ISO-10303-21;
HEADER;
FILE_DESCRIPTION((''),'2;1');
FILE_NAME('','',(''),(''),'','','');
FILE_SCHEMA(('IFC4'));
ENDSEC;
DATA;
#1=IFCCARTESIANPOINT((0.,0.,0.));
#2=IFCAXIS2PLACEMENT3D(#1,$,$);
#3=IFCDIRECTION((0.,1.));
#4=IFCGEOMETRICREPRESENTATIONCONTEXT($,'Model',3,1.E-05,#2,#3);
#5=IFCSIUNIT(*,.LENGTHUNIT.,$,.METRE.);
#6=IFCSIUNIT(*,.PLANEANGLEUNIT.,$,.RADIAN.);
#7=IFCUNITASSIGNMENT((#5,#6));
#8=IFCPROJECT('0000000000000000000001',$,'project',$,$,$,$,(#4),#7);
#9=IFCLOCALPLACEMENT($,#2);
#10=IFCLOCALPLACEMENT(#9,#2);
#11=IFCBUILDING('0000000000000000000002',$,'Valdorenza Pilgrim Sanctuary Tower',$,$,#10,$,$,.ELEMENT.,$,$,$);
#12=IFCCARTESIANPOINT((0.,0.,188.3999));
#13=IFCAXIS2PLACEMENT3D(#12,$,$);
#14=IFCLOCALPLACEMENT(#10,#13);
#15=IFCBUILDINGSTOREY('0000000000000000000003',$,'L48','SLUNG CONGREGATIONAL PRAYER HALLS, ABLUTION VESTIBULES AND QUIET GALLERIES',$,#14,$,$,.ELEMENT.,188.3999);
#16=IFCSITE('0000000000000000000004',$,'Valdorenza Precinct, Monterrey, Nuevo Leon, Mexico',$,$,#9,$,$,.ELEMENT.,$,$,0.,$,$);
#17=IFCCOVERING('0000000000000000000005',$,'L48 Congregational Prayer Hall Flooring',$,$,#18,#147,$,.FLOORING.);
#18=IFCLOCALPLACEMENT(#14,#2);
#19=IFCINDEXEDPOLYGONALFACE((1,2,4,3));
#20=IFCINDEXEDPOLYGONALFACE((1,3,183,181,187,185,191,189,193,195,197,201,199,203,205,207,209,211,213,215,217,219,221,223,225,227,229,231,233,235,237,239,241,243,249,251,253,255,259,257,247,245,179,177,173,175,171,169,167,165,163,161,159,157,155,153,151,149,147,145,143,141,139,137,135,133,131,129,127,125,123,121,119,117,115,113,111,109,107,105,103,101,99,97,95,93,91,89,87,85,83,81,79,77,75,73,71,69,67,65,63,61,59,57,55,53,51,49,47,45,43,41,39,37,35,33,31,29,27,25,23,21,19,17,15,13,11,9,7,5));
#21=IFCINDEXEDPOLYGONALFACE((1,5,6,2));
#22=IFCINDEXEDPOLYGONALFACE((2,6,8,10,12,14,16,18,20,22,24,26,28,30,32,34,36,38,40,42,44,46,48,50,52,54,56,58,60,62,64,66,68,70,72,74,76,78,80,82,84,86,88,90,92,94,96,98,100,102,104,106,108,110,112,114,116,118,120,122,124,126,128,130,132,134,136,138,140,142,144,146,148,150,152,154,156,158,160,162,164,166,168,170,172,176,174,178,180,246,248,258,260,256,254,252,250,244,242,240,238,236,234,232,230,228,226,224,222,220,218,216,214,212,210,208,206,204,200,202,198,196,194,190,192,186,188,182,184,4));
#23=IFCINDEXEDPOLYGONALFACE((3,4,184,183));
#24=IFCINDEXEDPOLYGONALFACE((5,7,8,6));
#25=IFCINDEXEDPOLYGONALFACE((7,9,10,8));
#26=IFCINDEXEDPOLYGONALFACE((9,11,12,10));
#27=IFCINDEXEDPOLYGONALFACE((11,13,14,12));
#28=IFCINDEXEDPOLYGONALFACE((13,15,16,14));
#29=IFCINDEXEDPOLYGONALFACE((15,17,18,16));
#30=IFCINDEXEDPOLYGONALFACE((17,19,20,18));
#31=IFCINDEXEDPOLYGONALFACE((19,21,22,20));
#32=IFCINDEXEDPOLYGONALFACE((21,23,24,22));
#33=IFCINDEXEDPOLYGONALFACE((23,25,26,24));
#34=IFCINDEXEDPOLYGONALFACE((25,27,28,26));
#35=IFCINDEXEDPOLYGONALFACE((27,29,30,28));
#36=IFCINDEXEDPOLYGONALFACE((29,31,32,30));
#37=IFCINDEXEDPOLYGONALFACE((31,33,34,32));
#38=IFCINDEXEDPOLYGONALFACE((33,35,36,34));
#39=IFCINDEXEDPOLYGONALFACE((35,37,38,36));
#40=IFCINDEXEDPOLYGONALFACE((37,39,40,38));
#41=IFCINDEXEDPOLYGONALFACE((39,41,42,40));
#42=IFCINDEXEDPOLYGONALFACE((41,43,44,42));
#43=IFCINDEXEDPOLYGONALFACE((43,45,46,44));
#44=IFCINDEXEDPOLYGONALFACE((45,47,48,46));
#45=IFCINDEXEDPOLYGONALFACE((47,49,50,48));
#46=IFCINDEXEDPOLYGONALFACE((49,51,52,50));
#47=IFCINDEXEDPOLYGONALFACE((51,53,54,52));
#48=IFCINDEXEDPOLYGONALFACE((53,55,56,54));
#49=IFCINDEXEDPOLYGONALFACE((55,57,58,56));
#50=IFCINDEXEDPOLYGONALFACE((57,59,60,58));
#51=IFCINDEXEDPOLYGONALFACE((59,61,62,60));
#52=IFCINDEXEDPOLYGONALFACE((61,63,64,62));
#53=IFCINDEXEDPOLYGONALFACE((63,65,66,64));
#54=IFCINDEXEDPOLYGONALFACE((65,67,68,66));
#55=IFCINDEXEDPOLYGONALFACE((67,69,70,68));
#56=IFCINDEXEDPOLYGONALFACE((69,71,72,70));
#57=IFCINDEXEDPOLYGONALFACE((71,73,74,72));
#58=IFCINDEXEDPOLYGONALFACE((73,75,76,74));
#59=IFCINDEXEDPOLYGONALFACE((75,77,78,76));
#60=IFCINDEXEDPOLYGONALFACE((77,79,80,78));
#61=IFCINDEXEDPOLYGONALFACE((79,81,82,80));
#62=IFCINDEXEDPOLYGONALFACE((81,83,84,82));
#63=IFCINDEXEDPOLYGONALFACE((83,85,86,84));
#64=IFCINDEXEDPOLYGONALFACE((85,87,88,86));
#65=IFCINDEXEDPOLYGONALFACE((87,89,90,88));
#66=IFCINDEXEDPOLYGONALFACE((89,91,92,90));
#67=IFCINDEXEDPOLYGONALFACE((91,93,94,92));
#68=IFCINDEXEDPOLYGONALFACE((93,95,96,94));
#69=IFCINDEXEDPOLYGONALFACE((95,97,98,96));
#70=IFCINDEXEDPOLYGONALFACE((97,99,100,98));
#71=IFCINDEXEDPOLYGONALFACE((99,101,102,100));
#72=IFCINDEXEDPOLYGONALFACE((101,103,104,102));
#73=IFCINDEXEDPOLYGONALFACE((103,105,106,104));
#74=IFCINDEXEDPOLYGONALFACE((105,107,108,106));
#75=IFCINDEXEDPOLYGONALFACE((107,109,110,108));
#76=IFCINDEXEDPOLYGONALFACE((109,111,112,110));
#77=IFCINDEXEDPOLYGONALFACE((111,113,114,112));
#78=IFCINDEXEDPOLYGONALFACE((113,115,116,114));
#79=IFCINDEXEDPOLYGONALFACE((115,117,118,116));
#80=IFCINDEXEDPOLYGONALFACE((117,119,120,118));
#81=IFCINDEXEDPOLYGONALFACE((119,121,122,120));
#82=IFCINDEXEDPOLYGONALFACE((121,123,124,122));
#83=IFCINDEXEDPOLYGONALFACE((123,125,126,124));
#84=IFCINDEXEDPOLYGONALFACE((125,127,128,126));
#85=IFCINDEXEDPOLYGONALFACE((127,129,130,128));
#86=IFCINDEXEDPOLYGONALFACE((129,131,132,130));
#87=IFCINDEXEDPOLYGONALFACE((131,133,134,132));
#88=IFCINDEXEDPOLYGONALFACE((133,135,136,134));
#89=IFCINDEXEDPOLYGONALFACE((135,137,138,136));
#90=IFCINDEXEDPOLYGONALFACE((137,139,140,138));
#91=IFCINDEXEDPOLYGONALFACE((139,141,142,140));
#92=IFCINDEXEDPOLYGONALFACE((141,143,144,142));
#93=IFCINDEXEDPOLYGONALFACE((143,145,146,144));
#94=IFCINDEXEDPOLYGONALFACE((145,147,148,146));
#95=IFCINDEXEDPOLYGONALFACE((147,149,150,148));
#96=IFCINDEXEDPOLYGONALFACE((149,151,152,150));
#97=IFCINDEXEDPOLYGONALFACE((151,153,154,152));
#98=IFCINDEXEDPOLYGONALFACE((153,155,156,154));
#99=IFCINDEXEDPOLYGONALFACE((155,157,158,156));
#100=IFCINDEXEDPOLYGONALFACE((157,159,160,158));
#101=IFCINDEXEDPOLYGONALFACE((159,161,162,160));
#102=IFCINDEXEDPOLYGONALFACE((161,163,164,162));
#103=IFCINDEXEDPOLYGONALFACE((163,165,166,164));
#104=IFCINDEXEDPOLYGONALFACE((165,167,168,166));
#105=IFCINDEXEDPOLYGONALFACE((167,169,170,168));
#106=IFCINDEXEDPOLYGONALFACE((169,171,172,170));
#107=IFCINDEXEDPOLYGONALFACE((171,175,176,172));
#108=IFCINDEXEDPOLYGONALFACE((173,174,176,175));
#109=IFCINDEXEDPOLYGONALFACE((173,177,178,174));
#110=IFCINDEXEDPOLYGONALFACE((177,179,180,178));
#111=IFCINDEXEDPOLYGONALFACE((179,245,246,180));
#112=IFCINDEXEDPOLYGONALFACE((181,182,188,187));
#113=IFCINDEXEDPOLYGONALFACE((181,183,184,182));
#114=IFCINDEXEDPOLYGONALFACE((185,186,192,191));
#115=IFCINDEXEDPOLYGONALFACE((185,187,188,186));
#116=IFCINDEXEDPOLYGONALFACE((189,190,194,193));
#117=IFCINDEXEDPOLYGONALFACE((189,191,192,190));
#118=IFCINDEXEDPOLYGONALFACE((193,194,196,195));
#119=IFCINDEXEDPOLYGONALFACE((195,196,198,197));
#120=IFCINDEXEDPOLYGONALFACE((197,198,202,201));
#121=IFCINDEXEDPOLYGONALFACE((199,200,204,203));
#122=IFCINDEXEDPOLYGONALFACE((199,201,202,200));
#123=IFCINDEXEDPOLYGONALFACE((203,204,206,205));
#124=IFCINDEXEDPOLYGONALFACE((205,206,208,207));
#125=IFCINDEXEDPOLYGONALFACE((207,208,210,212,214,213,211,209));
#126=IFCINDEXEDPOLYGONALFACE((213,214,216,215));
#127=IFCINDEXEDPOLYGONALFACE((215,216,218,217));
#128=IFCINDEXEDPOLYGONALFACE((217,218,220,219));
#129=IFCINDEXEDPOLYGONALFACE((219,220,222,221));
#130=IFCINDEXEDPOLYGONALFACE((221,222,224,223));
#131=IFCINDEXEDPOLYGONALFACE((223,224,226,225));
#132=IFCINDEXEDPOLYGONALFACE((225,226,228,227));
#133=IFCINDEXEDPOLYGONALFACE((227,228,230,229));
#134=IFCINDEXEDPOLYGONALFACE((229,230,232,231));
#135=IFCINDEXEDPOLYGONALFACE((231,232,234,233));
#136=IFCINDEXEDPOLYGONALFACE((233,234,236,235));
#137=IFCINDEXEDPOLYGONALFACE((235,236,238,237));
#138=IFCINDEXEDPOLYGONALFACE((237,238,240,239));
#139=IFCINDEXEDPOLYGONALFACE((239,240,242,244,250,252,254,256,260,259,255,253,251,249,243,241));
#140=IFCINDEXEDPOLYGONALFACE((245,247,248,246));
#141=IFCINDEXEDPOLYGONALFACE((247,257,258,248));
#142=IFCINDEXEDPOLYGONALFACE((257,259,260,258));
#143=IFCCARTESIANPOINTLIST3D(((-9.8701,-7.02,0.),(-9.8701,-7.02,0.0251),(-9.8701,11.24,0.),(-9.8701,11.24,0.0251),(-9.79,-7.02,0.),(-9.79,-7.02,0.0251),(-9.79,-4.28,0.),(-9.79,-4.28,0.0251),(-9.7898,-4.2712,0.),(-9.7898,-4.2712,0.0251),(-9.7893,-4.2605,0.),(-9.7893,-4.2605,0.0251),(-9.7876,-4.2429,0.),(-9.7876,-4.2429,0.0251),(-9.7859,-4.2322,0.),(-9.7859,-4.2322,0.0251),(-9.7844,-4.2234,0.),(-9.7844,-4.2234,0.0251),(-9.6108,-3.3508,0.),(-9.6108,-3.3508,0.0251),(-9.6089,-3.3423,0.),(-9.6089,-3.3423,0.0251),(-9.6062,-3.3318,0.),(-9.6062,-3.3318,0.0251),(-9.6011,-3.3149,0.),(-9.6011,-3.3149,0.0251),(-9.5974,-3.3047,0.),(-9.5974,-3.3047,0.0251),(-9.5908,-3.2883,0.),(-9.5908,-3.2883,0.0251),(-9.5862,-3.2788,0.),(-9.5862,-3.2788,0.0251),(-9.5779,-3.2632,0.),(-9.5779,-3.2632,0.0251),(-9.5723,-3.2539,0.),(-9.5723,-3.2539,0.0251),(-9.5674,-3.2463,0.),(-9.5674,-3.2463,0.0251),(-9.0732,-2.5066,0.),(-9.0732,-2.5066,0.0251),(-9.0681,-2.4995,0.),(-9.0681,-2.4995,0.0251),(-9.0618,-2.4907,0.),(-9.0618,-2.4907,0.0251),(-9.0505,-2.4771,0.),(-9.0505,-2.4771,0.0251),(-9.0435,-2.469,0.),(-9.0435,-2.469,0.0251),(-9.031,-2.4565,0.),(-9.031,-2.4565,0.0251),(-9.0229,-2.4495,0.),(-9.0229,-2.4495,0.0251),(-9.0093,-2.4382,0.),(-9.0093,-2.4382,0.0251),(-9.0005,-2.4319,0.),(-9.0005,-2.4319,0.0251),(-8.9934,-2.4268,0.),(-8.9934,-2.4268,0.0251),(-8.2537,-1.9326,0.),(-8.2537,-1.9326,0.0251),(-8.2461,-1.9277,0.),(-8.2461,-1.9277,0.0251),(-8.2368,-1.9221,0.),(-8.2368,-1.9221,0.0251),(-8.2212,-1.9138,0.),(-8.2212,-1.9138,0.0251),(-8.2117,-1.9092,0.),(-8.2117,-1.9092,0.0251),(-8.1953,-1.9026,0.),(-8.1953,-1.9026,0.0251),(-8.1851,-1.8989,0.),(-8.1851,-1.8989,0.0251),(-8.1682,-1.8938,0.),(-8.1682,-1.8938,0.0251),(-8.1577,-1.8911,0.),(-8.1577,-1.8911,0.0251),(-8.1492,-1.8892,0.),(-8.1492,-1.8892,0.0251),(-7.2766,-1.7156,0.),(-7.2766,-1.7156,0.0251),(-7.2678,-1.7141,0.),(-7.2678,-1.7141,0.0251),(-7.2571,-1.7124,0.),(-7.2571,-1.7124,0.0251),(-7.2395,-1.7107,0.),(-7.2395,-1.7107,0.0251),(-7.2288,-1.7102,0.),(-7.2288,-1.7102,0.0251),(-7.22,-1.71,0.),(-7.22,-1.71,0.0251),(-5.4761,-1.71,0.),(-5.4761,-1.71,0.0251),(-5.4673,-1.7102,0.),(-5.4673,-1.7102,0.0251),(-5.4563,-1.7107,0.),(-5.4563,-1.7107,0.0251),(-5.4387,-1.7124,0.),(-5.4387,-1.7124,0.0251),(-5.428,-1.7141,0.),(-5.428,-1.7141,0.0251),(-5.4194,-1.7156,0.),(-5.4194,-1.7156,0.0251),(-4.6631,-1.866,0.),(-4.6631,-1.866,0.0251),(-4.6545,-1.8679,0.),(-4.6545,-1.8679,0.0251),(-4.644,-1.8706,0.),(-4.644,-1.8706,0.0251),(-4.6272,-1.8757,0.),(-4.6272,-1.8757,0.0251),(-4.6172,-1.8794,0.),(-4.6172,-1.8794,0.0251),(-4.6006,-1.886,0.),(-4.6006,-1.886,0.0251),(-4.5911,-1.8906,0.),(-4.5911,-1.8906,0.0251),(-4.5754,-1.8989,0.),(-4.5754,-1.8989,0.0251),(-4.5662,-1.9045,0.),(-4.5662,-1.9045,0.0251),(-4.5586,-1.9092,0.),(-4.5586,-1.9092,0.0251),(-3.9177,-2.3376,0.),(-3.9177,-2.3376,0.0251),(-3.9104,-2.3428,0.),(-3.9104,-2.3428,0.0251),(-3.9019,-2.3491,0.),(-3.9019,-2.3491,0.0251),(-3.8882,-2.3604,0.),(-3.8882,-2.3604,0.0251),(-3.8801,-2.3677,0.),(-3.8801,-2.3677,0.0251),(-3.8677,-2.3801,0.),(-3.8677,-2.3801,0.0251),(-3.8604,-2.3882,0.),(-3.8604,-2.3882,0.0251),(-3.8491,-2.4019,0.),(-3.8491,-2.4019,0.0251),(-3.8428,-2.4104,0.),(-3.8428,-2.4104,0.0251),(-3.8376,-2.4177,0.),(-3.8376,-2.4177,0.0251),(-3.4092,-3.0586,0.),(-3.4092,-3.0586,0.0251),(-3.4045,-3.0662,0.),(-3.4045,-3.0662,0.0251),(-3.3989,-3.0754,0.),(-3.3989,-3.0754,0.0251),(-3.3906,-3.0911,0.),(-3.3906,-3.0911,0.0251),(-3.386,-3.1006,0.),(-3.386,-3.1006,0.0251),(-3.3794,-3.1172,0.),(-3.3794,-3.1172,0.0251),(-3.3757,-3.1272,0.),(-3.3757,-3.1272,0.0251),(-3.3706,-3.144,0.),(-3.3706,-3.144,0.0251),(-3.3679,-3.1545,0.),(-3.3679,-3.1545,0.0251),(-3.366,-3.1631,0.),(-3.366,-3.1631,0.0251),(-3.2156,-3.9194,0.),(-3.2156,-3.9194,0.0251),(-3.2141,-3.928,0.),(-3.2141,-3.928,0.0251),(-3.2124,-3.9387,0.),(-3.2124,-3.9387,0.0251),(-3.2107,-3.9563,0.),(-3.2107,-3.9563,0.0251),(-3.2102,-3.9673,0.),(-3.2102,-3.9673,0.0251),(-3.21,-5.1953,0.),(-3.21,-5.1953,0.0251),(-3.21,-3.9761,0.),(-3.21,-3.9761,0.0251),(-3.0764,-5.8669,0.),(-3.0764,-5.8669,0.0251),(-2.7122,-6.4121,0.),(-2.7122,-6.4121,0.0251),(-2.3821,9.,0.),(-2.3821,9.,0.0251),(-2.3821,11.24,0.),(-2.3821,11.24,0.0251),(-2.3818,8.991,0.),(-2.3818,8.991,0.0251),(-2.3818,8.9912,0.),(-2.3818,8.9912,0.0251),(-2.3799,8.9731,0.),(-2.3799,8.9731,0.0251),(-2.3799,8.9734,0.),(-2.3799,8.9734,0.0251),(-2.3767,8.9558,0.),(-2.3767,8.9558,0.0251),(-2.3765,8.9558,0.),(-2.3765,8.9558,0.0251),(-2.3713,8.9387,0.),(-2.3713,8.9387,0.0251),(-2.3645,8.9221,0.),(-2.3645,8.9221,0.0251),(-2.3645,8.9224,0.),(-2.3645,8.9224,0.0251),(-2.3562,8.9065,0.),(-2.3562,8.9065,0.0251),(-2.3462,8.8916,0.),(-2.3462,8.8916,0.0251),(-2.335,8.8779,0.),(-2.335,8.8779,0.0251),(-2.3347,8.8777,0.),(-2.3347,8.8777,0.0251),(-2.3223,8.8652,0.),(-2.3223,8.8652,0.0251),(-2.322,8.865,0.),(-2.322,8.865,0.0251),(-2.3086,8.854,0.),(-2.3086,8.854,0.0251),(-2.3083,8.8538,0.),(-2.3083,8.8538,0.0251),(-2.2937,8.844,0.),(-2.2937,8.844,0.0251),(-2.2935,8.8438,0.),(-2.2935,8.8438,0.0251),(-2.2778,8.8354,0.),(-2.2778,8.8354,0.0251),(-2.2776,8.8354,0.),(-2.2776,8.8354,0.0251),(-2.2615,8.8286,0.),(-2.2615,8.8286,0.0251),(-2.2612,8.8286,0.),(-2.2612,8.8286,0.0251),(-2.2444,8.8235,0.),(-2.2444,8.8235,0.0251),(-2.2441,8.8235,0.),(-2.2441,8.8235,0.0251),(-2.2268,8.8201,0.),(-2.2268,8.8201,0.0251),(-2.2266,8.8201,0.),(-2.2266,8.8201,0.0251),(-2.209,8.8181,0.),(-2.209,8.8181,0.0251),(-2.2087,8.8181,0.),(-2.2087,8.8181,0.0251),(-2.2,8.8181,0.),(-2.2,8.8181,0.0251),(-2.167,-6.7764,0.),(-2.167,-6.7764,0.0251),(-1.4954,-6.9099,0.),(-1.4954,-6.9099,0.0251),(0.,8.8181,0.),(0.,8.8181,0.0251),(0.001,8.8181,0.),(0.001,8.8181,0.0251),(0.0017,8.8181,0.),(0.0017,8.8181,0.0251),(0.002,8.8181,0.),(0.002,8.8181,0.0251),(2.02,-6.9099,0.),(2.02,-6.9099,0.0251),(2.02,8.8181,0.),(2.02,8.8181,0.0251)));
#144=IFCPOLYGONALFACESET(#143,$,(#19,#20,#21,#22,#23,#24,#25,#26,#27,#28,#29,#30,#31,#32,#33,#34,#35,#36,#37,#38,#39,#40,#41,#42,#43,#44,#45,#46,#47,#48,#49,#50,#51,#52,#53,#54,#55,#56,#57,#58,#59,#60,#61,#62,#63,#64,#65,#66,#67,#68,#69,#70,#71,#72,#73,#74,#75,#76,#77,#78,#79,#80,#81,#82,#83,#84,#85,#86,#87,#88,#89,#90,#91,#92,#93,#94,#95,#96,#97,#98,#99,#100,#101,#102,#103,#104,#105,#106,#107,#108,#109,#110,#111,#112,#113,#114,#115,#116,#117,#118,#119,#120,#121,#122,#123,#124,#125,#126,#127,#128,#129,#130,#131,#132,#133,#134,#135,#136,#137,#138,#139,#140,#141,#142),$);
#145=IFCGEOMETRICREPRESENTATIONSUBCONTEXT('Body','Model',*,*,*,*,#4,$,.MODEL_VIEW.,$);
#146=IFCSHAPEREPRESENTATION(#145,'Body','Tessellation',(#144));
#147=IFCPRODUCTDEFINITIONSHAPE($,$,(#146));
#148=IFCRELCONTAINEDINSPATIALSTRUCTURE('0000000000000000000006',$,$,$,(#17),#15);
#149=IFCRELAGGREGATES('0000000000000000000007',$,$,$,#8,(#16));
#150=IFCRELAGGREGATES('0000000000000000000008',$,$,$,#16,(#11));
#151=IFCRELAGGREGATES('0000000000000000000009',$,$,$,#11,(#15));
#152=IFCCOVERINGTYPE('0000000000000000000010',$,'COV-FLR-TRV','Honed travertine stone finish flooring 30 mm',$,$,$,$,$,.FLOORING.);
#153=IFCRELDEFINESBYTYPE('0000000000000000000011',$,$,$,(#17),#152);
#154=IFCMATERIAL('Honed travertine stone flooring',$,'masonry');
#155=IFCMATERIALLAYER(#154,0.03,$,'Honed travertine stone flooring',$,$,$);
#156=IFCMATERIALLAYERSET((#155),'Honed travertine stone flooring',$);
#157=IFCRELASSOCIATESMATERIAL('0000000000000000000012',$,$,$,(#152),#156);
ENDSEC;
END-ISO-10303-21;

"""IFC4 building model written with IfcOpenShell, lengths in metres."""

from ifc_helpers import new_model, si_unit, direction, frame, origin, place, context, subcontext, project, spatial, polyline, outline, extrude, material, layer, layer_set, type_object, element, save


model = new_model("IFC4")

# Units and contexts
model_context = context("Model", 3, precision=1e-05, world=origin(), true_north=direction((0.0, 1.0)))
body_context = subcontext(model_context, "Body", "Model", "MODEL_VIEW")
ifc_project = project(units=[si_unit("LENGTHUNIT", "METRE"), si_unit("PLANEANGLEUNIT", "RADIAN")], contexts=[model_context])

# Site, building, storey
site_placement = place(None, origin())
site = spatial("IfcSite", under=ifc_project, at=site_placement, Name="Valdorenza Precinct, Monterrey, Nuevo Leon, Mexico", CompositionType="ELEMENT", RefElevation=0.0)
building_placement = place(site_placement, origin())
building = spatial("IfcBuilding", under=site, at=building_placement, Name="Valdorenza Pilgrim Sanctuary Tower", CompositionType="ELEMENT")
storey_placement = place(building_placement, frame((0.0, 0.0, 188.3999)))
storey = spatial("IfcBuildingStorey", under=building, at=storey_placement, Name="L48", Description="SLUNG CONGREGATIONAL PRAYER HALLS, ABLUTION VESTIBULES AND QUIET GALLERIES", CompositionType="ELEMENT", Elevation=188.3999)

# Covering
ifc_material_1 = material(Name="Honed travertine stone flooring", Category="masonry")
ifc_layer_1 = layer(ifc_material_1, 0.03, Name="Honed travertine stone flooring")
ifc_layer_set_1 = layer_set([ifc_layer_1], Name="Honed travertine stone flooring")
covering_type_1 = type_object("IfcCoveringType", Name="COV-FLR-TRV", Description="Honed travertine stone finish flooring 30 mm", PredefinedType="FLOORING", material=ifc_layer_set_1)
covering_1_placement = place(storey_placement, origin())
element("IfcCovering", 1, at=covering_1_placement, inside=storey, type_object=covering_type_1, Name="L48 Congregational Prayer Hall Flooring", PredefinedType="FLOORING", context=body_context, shape_type="SweptSolid", body=[
    extrude(outline(polyline([(-9.8701, 11.24), (-2.3821, 11.24), (-2.3821, 9.0), (-2.3818, 8.9912), (-2.3818, 8.991), (-2.3799, 8.9734), (-2.3799, 8.9731), (-2.3767, 8.9558), (-2.3765, 8.9558), (-2.3713, 8.9387), (-2.3713, 8.9387), (-2.3645, 8.9224), (-2.3645, 8.9221), (-2.3562, 8.9065), (-2.3562, 8.9065), (-2.3462, 8.8916), (-2.3462, 8.8916), (-2.335, 8.8779), (-2.3347, 8.8777), (-2.3223, 8.8652), (-2.322, 8.865), (-2.3086, 8.854), (-2.3083, 8.8538), (-2.2937, 8.844), (-2.2935, 8.8438), (-2.2778, 8.8354), (-2.2776, 8.8354), (-2.2615, 8.8286), (-2.2612, 8.8286), (-2.2444, 8.8235), (-2.2441, 8.8235), (-2.2268, 8.8201), (-2.2266, 8.8201), (-2.209, 8.8181), (-2.2087, 8.8181), (-2.2, 8.8181), (0.0, 8.8181), (0.001, 8.8181), (0.0017, 8.8181), (0.002, 8.8181), (2.02, 8.8181), (2.02, -6.9099), (-1.4954, -6.9099), (-2.167, -6.7764), (-2.7122, -6.4121), (-3.0764, -5.8669), (-3.21, -5.1953), (-3.21, -3.9761), (-3.2102, -3.9673), (-3.2107, -3.9563), (-3.2124, -3.9387), (-3.2141, -3.928), (-3.2156, -3.9194), (-3.366, -3.1631), (-3.3679, -3.1545), (-3.3706, -3.144), (-3.3757, -3.1272), (-3.3794, -3.1172), (-3.386, -3.1006), (-3.3906, -3.0911), (-3.3989, -3.0754), (-3.4045, -3.0662), (-3.4092, -3.0586), (-3.8376, -2.4177), (-3.8428, -2.4104), (-3.8491, -2.4019), (-3.8604, -2.3882), (-3.8677, -2.3801), (-3.8801, -2.3677), (-3.8882, -2.3604), (-3.9019, -2.3491), (-3.9104, -2.3428), (-3.9177, -2.3376), (-4.5586, -1.9092), (-4.5662, -1.9045), (-4.5754, -1.8989), (-4.5911, -1.8906), (-4.6006, -1.886), (-4.6172, -1.8794), (-4.6272, -1.8757), (-4.644, -1.8706), (-4.6545, -1.8679), (-4.6631, -1.866), (-5.4194, -1.7156), (-5.428, -1.7141), (-5.4387, -1.7124), (-5.4563, -1.7107), (-5.4673, -1.7102), (-5.4761, -1.71), (-7.22, -1.71), (-7.2288, -1.7102), (-7.2395, -1.7107), (-7.2571, -1.7124), (-7.2678, -1.7141), (-7.2766, -1.7156), (-8.1492, -1.8892), (-8.1577, -1.8911), (-8.1682, -1.8938), (-8.1851, -1.8989), (-8.1953, -1.9026), (-8.2117, -1.9092), (-8.2212, -1.9138), (-8.2368, -1.9221), (-8.2461, -1.9277), (-8.2537, -1.9326), (-8.9934, -2.4268), (-9.0005, -2.4319), (-9.0093, -2.4382), (-9.0229, -2.4495), (-9.031, -2.4565), (-9.0435, -2.469), (-9.0505, -2.4771), (-9.0618, -2.4907), (-9.0681, -2.4995), (-9.0732, -2.5066), (-9.5674, -3.2463), (-9.5723, -3.2539), (-9.5779, -3.2632), (-9.5862, -3.2788), (-9.5908, -3.2883), (-9.5974, -3.3047), (-9.6011, -3.3149), (-9.6062, -3.3318), (-9.6089, -3.3423), (-9.6108, -3.3508), (-9.7844, -4.2234), (-9.7859, -4.2322), (-9.7876, -4.2429), (-9.7893, -4.2605), (-9.7898, -4.2712), (-9.79, -4.28), (-9.79, -7.02), (-9.8701, -7.02), (-9.8701, 11.24)])), origin(), (0.0, 0.0, 1.0), 0.0251),
])

save(model, "model.ifc")
